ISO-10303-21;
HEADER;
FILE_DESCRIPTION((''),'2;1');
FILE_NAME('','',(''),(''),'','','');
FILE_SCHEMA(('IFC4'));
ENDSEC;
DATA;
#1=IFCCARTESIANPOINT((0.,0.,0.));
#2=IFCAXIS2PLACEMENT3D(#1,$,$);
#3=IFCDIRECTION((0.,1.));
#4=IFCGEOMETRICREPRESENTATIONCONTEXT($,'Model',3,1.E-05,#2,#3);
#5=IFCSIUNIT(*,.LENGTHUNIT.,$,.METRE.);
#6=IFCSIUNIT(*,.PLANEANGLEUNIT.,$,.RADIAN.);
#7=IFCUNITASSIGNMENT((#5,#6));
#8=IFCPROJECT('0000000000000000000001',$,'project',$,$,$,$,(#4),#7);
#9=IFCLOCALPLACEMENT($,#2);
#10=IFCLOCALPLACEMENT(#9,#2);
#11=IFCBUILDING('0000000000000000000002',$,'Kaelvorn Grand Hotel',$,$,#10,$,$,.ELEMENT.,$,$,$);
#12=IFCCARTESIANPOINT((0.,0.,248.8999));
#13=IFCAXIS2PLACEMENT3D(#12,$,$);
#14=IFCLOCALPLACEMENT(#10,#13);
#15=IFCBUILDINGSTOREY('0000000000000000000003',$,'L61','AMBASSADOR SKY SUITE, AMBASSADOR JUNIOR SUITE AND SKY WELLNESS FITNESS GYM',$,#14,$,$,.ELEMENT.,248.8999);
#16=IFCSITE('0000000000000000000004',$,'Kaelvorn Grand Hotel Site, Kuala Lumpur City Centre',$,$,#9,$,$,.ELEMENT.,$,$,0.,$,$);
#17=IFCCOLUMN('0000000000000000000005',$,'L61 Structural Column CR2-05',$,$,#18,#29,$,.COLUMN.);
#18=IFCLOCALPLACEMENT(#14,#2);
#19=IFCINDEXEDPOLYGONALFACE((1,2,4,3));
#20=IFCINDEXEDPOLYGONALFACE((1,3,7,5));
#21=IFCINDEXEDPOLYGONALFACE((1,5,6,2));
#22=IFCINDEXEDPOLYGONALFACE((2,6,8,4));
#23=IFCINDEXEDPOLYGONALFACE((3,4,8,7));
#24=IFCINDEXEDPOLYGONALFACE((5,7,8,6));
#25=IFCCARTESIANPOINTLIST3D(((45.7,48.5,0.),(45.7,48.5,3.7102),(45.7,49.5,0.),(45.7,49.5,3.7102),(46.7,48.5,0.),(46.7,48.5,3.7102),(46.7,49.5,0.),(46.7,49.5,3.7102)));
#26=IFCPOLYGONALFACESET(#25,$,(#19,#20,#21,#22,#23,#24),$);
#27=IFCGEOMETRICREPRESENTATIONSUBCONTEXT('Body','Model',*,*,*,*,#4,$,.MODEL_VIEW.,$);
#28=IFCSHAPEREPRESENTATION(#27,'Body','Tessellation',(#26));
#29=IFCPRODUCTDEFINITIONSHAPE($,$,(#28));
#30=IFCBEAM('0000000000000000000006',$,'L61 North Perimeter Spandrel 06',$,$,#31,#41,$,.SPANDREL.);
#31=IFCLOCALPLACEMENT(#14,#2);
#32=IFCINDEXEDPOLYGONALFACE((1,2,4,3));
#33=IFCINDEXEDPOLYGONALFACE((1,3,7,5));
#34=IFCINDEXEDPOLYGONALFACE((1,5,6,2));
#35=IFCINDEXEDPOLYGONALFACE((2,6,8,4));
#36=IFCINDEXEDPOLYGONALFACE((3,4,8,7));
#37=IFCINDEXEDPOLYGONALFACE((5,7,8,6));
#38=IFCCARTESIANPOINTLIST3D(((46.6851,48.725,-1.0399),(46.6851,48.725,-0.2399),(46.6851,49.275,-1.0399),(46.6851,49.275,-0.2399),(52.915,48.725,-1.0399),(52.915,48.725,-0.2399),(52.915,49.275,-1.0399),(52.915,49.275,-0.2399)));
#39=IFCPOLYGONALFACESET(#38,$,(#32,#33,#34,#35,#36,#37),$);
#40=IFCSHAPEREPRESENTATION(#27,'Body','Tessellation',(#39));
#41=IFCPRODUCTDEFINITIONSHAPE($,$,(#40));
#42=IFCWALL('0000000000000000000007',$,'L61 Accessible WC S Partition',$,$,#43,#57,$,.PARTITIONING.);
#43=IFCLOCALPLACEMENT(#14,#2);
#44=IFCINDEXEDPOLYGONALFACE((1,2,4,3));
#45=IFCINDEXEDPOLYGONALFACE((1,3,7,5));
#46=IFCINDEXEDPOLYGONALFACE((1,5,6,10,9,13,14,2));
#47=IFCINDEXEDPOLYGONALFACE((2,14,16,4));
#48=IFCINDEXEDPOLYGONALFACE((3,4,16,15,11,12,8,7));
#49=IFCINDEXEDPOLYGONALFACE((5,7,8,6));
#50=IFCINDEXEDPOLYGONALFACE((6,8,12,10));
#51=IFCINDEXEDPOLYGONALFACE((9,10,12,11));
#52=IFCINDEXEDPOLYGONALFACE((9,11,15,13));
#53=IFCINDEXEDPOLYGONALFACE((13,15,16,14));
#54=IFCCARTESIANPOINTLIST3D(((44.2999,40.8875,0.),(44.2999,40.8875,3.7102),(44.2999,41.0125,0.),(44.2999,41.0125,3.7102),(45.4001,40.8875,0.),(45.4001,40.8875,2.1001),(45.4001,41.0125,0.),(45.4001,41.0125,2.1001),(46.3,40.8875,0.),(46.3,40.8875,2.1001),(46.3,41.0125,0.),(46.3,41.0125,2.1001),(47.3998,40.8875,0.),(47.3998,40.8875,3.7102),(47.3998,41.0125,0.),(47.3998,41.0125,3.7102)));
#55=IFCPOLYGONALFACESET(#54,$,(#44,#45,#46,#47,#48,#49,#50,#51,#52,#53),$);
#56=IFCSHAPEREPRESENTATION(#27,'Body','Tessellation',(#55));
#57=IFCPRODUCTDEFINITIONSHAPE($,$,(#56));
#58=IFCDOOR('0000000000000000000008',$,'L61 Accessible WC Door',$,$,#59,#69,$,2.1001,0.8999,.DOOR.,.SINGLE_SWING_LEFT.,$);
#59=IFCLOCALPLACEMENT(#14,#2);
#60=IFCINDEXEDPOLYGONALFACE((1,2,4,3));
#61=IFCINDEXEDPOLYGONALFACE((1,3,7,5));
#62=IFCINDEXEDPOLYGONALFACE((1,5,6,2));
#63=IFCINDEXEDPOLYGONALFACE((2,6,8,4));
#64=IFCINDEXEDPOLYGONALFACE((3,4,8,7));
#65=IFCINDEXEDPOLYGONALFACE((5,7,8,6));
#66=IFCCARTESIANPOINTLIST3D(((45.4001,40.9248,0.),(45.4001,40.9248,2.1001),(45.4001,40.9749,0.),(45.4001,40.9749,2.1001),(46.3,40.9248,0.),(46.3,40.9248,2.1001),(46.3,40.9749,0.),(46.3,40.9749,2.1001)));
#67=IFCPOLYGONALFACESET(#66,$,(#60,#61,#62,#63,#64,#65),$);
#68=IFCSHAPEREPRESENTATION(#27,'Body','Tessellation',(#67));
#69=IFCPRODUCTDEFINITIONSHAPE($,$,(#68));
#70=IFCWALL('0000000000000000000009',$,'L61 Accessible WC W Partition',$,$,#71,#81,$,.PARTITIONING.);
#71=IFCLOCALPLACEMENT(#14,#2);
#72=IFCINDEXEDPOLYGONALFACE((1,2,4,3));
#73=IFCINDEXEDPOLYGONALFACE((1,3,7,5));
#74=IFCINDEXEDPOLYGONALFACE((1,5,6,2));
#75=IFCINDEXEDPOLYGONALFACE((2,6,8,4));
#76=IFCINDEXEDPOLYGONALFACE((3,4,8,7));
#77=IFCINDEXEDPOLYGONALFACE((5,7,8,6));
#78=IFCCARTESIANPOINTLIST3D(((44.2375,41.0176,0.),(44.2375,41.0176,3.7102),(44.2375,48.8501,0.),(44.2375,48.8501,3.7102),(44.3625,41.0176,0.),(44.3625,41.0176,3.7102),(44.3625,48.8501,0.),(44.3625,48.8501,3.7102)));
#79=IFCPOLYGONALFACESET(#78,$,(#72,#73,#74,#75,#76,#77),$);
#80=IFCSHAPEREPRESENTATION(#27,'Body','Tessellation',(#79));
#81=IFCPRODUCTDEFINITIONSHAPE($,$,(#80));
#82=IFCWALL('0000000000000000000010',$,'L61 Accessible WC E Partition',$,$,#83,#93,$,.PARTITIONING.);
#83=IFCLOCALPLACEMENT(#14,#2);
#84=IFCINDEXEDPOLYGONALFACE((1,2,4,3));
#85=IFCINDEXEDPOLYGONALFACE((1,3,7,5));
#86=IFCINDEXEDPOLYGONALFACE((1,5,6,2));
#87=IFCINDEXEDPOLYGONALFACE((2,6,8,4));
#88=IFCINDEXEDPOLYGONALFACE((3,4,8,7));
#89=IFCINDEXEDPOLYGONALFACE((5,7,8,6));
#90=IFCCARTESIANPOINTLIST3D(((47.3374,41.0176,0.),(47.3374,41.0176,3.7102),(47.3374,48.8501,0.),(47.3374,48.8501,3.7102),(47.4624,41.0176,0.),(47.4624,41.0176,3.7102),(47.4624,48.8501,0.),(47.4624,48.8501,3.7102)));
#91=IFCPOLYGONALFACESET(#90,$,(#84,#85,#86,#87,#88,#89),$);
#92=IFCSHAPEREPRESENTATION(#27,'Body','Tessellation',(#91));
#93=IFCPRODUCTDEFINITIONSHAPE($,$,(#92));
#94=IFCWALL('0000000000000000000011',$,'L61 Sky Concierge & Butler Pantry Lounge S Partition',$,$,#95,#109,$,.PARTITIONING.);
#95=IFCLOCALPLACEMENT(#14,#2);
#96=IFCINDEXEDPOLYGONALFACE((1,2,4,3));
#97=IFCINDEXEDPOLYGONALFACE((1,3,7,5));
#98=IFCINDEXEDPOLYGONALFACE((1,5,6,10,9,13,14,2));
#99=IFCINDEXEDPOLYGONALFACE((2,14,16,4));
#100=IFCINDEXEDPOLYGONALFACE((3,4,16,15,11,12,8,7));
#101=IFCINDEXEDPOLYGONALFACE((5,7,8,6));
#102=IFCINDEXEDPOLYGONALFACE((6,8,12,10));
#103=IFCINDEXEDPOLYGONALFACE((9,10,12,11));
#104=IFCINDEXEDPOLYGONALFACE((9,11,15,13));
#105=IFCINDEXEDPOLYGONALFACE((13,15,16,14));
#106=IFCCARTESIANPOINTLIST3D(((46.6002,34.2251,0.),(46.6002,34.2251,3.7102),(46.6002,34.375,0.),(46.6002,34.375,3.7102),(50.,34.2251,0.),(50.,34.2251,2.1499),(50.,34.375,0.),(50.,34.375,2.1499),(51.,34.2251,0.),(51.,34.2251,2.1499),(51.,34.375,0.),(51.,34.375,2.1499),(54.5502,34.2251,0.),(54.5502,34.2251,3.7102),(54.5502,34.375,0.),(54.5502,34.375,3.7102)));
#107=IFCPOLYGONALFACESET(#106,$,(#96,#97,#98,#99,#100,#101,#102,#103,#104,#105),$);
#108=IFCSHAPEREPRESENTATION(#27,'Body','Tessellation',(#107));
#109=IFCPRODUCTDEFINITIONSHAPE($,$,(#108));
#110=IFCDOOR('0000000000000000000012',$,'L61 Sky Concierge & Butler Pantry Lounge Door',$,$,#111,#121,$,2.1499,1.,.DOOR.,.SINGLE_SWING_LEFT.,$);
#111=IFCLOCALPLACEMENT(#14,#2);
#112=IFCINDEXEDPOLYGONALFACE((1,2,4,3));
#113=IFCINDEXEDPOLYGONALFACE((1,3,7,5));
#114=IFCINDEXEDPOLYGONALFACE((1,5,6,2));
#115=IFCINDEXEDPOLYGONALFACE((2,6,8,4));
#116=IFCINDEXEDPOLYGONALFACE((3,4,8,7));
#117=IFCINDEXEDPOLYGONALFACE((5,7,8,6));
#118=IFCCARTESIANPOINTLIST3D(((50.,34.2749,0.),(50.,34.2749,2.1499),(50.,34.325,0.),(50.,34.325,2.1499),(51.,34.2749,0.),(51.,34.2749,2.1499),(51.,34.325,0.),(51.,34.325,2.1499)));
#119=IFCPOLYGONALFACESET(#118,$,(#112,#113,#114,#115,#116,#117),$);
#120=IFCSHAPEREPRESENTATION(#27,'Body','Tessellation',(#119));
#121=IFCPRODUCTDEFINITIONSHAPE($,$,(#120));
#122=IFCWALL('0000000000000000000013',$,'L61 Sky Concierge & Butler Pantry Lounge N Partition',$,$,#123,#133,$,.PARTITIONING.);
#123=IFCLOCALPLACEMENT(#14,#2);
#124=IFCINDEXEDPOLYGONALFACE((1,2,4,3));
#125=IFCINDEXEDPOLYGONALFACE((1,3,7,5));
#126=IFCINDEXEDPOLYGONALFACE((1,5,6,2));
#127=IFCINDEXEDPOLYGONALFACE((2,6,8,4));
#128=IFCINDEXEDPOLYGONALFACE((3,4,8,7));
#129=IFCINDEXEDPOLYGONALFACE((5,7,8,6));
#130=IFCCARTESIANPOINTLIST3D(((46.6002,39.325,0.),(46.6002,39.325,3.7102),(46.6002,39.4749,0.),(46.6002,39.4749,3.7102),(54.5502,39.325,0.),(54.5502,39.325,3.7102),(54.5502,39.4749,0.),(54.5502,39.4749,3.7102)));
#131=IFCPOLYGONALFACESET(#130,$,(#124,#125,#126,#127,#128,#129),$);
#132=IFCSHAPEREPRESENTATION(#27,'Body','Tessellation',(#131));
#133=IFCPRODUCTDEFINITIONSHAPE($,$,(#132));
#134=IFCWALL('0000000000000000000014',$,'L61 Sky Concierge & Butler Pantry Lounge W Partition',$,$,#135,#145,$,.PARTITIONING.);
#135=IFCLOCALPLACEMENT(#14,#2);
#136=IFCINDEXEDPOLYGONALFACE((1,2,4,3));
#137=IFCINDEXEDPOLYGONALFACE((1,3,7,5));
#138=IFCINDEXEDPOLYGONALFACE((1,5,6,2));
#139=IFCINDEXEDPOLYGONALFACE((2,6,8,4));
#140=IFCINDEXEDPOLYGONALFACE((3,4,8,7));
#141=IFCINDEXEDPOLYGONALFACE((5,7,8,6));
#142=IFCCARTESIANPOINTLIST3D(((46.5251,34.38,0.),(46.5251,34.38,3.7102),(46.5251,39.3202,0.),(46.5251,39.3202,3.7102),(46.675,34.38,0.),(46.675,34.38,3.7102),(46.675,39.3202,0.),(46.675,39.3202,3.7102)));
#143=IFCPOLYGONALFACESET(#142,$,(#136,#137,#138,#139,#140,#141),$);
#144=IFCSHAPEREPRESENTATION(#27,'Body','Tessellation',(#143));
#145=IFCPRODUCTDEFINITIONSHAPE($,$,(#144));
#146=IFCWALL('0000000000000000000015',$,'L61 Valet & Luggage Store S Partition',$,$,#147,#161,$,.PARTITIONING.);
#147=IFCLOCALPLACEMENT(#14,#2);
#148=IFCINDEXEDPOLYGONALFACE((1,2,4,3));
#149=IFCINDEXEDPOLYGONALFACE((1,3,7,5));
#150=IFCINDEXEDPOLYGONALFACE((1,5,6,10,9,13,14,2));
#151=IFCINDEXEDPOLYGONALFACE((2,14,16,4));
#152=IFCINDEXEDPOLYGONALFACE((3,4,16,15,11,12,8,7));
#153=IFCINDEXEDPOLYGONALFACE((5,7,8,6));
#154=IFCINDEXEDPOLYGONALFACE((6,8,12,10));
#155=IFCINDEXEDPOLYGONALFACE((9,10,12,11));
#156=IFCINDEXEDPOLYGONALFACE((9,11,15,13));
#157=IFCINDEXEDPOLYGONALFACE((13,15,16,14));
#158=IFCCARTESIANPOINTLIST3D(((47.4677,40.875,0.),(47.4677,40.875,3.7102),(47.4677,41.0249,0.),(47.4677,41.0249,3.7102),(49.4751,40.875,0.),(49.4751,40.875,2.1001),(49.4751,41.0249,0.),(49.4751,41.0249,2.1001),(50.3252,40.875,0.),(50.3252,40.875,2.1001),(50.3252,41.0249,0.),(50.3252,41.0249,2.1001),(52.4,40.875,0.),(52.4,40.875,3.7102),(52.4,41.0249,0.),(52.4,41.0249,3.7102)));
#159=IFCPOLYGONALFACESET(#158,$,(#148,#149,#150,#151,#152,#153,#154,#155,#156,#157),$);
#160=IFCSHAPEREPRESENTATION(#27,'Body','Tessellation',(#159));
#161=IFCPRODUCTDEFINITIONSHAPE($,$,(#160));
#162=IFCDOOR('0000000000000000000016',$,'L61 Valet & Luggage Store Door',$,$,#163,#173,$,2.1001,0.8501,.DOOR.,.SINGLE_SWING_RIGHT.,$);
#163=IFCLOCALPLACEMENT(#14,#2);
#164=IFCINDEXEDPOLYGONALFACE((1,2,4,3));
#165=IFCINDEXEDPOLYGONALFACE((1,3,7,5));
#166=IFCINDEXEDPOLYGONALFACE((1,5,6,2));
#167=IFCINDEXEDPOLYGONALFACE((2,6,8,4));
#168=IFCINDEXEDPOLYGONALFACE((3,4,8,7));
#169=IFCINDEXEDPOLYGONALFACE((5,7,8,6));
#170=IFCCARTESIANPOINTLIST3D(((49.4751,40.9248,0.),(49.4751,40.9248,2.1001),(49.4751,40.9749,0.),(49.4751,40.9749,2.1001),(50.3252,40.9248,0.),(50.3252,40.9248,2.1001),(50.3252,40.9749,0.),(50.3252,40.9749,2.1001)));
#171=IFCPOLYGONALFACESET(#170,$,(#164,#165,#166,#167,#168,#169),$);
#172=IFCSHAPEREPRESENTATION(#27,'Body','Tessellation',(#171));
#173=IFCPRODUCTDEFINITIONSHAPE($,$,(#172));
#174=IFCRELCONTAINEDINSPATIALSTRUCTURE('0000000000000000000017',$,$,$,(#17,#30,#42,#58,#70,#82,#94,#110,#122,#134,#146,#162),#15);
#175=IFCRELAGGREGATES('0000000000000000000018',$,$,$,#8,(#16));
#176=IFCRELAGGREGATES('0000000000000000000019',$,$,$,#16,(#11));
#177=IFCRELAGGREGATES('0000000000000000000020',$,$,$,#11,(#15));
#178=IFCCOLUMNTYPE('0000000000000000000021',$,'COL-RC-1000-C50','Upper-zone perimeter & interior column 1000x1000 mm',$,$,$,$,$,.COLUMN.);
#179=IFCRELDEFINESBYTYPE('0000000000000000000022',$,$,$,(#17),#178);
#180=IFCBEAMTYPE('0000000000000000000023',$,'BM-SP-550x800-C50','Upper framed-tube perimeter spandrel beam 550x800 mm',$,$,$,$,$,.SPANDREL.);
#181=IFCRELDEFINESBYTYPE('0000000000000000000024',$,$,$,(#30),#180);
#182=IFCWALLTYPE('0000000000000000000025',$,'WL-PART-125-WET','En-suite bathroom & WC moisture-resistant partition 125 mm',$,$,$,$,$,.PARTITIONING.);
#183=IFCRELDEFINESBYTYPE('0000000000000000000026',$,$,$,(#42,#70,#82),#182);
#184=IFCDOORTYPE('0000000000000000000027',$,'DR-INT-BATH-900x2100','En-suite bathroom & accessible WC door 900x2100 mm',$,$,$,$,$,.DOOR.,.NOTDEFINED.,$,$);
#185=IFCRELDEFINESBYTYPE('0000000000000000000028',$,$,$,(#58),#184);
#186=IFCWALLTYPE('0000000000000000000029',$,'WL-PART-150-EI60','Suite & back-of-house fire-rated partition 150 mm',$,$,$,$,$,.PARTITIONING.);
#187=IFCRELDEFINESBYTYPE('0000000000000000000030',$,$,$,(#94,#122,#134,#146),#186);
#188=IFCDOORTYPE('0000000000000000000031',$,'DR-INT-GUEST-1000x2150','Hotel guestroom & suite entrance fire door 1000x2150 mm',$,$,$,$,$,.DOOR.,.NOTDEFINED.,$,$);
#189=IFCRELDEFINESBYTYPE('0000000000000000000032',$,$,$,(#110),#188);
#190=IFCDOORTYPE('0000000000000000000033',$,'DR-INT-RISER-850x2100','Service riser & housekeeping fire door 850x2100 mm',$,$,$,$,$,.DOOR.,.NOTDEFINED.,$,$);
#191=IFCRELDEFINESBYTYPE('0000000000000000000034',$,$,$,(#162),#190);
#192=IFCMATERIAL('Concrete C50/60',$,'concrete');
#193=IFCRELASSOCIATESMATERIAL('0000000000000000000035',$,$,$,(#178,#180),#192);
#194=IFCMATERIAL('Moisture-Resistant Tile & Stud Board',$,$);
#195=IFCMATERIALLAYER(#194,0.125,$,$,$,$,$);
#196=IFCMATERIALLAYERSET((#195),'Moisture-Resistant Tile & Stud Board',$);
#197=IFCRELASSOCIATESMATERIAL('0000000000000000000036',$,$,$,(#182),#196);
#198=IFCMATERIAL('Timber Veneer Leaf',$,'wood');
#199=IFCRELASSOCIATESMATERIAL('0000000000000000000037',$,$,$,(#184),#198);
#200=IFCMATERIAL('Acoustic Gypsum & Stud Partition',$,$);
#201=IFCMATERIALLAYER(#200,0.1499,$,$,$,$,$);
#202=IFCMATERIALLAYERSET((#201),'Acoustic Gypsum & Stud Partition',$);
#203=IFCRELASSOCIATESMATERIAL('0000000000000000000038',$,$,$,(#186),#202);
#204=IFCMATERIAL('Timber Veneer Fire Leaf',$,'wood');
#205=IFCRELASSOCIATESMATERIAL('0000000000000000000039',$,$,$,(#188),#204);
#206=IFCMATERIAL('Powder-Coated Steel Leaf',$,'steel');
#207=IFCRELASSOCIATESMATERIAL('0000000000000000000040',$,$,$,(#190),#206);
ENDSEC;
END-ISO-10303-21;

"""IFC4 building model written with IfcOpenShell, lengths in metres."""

from ifc_helpers import new_model, si_unit, direction, frame, frame_2d, origin, origin_2d, place, context, subcontext, project, spatial, rectangle, extrude, material, layer, layer_set, material_profile, profile_set, type_object, element, fill, save


model = new_model("IFC4")

# Units and contexts
model_context = context("Model", 3, precision=1e-05, world=origin(), true_north=direction((0.0, 1.0)))
body_context = subcontext(model_context, "Body", "Model", "MODEL_VIEW")
ifc_project = project(units=[si_unit("LENGTHUNIT", "METRE"), si_unit("PLANEANGLEUNIT", "RADIAN")], contexts=[model_context])

# Site, building, storey
site_placement = place(None, origin())
site = spatial("IfcSite", under=ifc_project, at=site_placement, Name="Kaelvorn Grand Hotel Site, Kuala Lumpur City Centre", CompositionType="ELEMENT", RefElevation=0.0)
building_placement = place(site_placement, origin())
building = spatial("IfcBuilding", under=site, at=building_placement, Name="Kaelvorn Grand Hotel", CompositionType="ELEMENT")
storey_placement = place(building_placement, frame((0.0, 0.0, 248.8999)))
storey = spatial("IfcBuildingStorey", under=building, at=storey_placement, Name="L61", Description="AMBASSADOR SKY SUITE, AMBASSADOR JUNIOR SUITE AND SKY WELLNESS FITNESS GYM", CompositionType="ELEMENT", Elevation=248.8999)

# Column
ifc_material_1 = material(Name="Concrete C50/60", Category="concrete")
ifc_material_profile_1 = material_profile(ifc_material_1, rectangle(XDim=1.0, YDim=1.0, at=origin_2d()), Name="RC COL 1000x1000")
ifc_profile_set_1 = profile_set([ifc_material_profile_1], Name="Concrete C50/60")
column_type = type_object("IfcColumnType", Name="COL-RC-1000-C50", Description="Upper-zone perimeter & interior column 1000x1000 mm", PredefinedType="COLUMN", material=ifc_profile_set_1)
column_placement = place(storey_placement, frame((46.2, 49.0, 0.0), z_axis=(0.0, 0.0, 1.0), x_axis=(1.0, 0.0, 0.0)))
element("IfcColumn", 1, at=column_placement, inside=storey, type_object=column_type, Name="L61 Structural Column CR2-05", PredefinedType="COLUMN", context=body_context, shape_type="SweptSolid", body=[
    extrude(rectangle(XDim=1.0, YDim=1.0, at=origin_2d()), origin(), (0.0, 0.0, 1.0), 3.7102),
])

# Beam
ifc_material_profile_2 = material_profile(ifc_material_1, rectangle(XDim=0.55, YDim=0.8, at=origin_2d()), Name="RC SPANDREL 550x800")
ifc_profile_set_2 = profile_set([ifc_material_profile_2], Name="Concrete C50/60")
beam_type = type_object("IfcBeamType", Name="BM-SP-550x800-C50", Description="Upper framed-tube perimeter spandrel beam 550x800 mm", PredefinedType="SPANDREL", material=ifc_profile_set_2)
beam_placement = place(storey_placement, frame((46.6851, 49.0, -0.6399), z_axis=(1.0, 0.0, 0.0), x_axis=(0.0, 1.0, 0.0)))
element("IfcBeam", 2, at=beam_placement, inside=storey, type_object=beam_type, Name="L61 North Perimeter Spandrel 06", PredefinedType="SPANDREL", context=body_context, shape_type="SweptSolid", body=[
    extrude(rectangle(XDim=0.55, YDim=0.8, at=origin_2d()), origin(), (0.0, 0.0, 1.0), 6.23),
])

# Wall, opening, door
ifc_material_2 = material(Name="Moisture-Resistant Tile & Stud Board")
ifc_layer_1 = layer(ifc_material_2, 0.125)
ifc_layer_set_1 = layer_set([ifc_layer_1], Name="Moisture-Resistant Tile & Stud Board")
wall_type_1 = type_object("IfcWallType", Name="WL-PART-125-WET", Description="En-suite bathroom & WC moisture-resistant partition 125 mm", PredefinedType="PARTITIONING", material=ifc_layer_set_1)
wall_1_placement = place(storey_placement, frame((44.3, 40.95, 0.0), z_axis=(0.0, 0.0, 1.0), x_axis=(1.0, 0.0, 0.0)))
wall_1 = element("IfcWall", 3, at=wall_1_placement, inside=storey, type_object=wall_type_1, Name="L61 Accessible WC S Partition", PredefinedType="PARTITIONING", context=body_context, shape_type="SweptSolid", body=[
    extrude(rectangle(XDim=3.0999, YDim=0.125, at=frame_2d((1.5498, 0.0))), origin(), (0.0, 0.0, 1.0), 3.7102),
])
opening_1_placement = place(wall_1_placement, frame((1.1001, 0.0, 0.0)))
opening_1 = element("IfcOpeningElement", 4, at=opening_1_placement, cuts=wall_1, PredefinedType="OPENING", context=body_context, shape_type="SweptSolid", body=[
    extrude(rectangle(XDim=0.8999, YDim=2.1001, at=frame_2d((0.45, 1.05))), frame((0.0, 0.0725, 0.0), z_axis=(0.0, -1.0, 0.0), x_axis=(1.0, 0.0, 0.0)), (0.0, 0.0, 1.0), 0.145),
])
ifc_material_3 = material(Name="Timber Veneer Leaf", Category="wood")
door_type_1 = type_object("IfcDoorType", Name="DR-INT-BATH-900x2100", Description="En-suite bathroom & accessible WC door 900x2100 mm", OperationType="NOTDEFINED", PredefinedType="DOOR", material=ifc_material_3)
door_1_placement = place(opening_1_placement, origin())
door_1 = element("IfcDoor", 5, at=door_1_placement, inside=storey, type_object=door_type_1, Name="L61 Accessible WC Door", OperationType="SINGLE_SWING_LEFT", OverallHeight=2.1001, OverallWidth=0.8999, PredefinedType="DOOR", context=body_context, shape_type="SweptSolid", body=[
    extrude(rectangle(XDim=0.8999, YDim=2.1001, at=frame_2d((0.45, 1.05))), frame((0.0, 0.0249, 0.0), z_axis=(0.0, -1.0, 0.0), x_axis=(1.0, 0.0, 0.0)), (0.0, 0.0, 1.0), 0.05),
])
fill(opening_1, door_1)

# Walls
for number, where, z_axis, x_axis, name in (
    (6, (44.3, 41.0176, 0.0), (0.0, 0.0, 1.0), (0.0, 1.0, 0.0), "L61 Accessible WC W Partition"),
    (7, (47.3999, 41.0176, 0.0), (0.0, 0.0, 1.0), (0.0, 1.0, 0.0), "L61 Accessible WC E Partition"),
):
    element("IfcWall", number, at=place(storey_placement, frame(where, z_axis=z_axis, x_axis=x_axis)), inside=storey, type_object=wall_type_1, Name=name, PredefinedType="PARTITIONING", context=body_context, shape_type="SweptSolid", body=[
        extrude(rectangle(XDim=7.8325, YDim=0.125, at=frame_2d((3.9163, 0.0))), origin(), (0.0, 0.0, 1.0), 3.7102),
    ])

# Wall, opening, door
ifc_material_4 = material(Name="Acoustic Gypsum & Stud Partition")
ifc_layer_2 = layer(ifc_material_4, 0.1499)
ifc_layer_set_2 = layer_set([ifc_layer_2], Name="Acoustic Gypsum & Stud Partition")
wall_type_2 = type_object("IfcWallType", Name="WL-PART-150-EI60", Description="Suite & back-of-house fire-rated partition 150 mm", PredefinedType="PARTITIONING", material=ifc_layer_set_2)
wall_2_placement = place(storey_placement, frame((46.6001, 34.3, 0.0), z_axis=(0.0, 0.0, 1.0), x_axis=(1.0, 0.0, 0.0)))
wall_2 = element("IfcWall", 8, at=wall_2_placement, inside=storey, type_object=wall_type_2, Name="L61 Sky Concierge & Butler Pantry Lounge S Partition", PredefinedType="PARTITIONING", context=body_context, shape_type="SweptSolid", body=[
    extrude(rectangle(XDim=7.95, YDim=0.1499, at=frame_2d((3.9751, 0.0))), origin(), (0.0, 0.0, 1.0), 3.7102),
])
opening_2_placement = place(wall_2_placement, frame((3.3999, 0.0, 0.0)))
opening_2 = element("IfcOpeningElement", 9, at=opening_2_placement, cuts=wall_2, PredefinedType="OPENING", context=body_context, shape_type="SweptSolid", body=[
    extrude(rectangle(XDim=1.0, YDim=2.1499, at=frame_2d((0.5, 1.075))), frame((0.0, 0.085, 0.0), z_axis=(0.0, -1.0, 0.0), x_axis=(1.0, 0.0, 0.0)), (0.0, 0.0, 1.0), 0.1699),
])
ifc_material_5 = material(Name="Timber Veneer Fire Leaf", Category="wood")
door_type_2 = type_object("IfcDoorType", Name="DR-INT-GUEST-1000x2150", Description="Hotel guestroom & suite entrance fire door 1000x2150 mm", OperationType="NOTDEFINED", PredefinedType="DOOR", material=ifc_material_5)
door_2_placement = place(opening_2_placement, origin())
door_2 = element("IfcDoor", 10, at=door_2_placement, inside=storey, type_object=door_type_2, Name="L61 Sky Concierge & Butler Pantry Lounge Door", OperationType="SINGLE_SWING_LEFT", OverallHeight=2.1499, OverallWidth=1.0, PredefinedType="DOOR", context=body_context, shape_type="SweptSolid", body=[
    extrude(rectangle(XDim=1.0, YDim=2.1499, at=frame_2d((0.5, 1.075))), frame((0.0, 0.0249, 0.0), z_axis=(0.0, -1.0, 0.0), x_axis=(1.0, 0.0, 0.0)), (0.0, 0.0, 1.0), 0.05),
])
fill(opening_2, door_2)

# Walls
wall_3_placement = place(storey_placement, frame((46.6001, 39.3999, 0.0), z_axis=(0.0, 0.0, 1.0), x_axis=(1.0, 0.0, 0.0)))
element("IfcWall", 11, at=wall_3_placement, inside=storey, type_object=wall_type_2, Name="L61 Sky Concierge & Butler Pantry Lounge N Partition", PredefinedType="PARTITIONING", context=body_context, shape_type="SweptSolid", body=[
    extrude(rectangle(XDim=7.95, YDim=0.1499, at=frame_2d((3.9751, 0.0))), origin(), (0.0, 0.0, 1.0), 3.7102),
])
wall_4_placement = place(storey_placement, frame((46.6001, 34.3799, 0.0), z_axis=(0.0, 0.0, 1.0), x_axis=(0.0, 1.0, 0.0)))
element("IfcWall", 12, at=wall_4_placement, inside=storey, type_object=wall_type_2, Name="L61 Sky Concierge & Butler Pantry Lounge W Partition", PredefinedType="PARTITIONING", context=body_context, shape_type="SweptSolid", body=[
    extrude(rectangle(XDim=4.9402, YDim=0.1499, at=frame_2d((2.4702, 0.0))), origin(), (0.0, 0.0, 1.0), 3.7102),
])

# Wall, opening, door
wall_5_placement = place(storey_placement, frame((47.4675, 40.95, 0.0), z_axis=(0.0, 0.0, 1.0), x_axis=(1.0, 0.0, 0.0)))
wall_5 = element("IfcWall", 13, at=wall_5_placement, inside=storey, type_object=wall_type_2, Name="L61 Valet & Luggage Store S Partition", PredefinedType="PARTITIONING", context=body_context, shape_type="SweptSolid", body=[
    extrude(rectangle(XDim=4.9324, YDim=0.1499, at=frame_2d((2.4663, 0.0))), origin(), (0.0, 0.0, 1.0), 3.7102),
])
opening_3_placement = place(wall_5_placement, frame((2.0076, 0.0, 0.0)))
opening_3 = element("IfcOpeningElement", 14, at=opening_3_placement, cuts=wall_5, PredefinedType="OPENING", context=body_context, shape_type="SweptSolid", body=[
    extrude(rectangle(XDim=0.8501, YDim=2.1001, at=frame_2d((0.425, 1.05))), frame((0.0, 0.085, 0.0), z_axis=(0.0, -1.0, 0.0), x_axis=(1.0, 0.0, 0.0)), (0.0, 0.0, 1.0), 0.1699),
])
ifc_material_6 = material(Name="Powder-Coated Steel Leaf", Category="steel")
door_type_3 = type_object("IfcDoorType", Name="DR-INT-RISER-850x2100", Description="Service riser & housekeeping fire door 850x2100 mm", OperationType="NOTDEFINED", PredefinedType="DOOR", material=ifc_material_6)
door_3_placement = place(opening_3_placement, origin())
door_3 = element("IfcDoor", 15, at=door_3_placement, inside=storey, type_object=door_type_3, Name="L61 Valet & Luggage Store Door", OperationType="SINGLE_SWING_RIGHT", OverallHeight=2.1001, OverallWidth=0.8501, PredefinedType="DOOR", context=body_context, shape_type="SweptSolid", body=[
    extrude(rectangle(XDim=0.8501, YDim=2.1001, at=frame_2d((0.425, 1.05))), frame((0.0, 0.0249, 0.0), z_axis=(0.0, -1.0, 0.0), x_axis=(1.0, 0.0, 0.0)), (0.0, 0.0, 1.0), 0.05),
])
fill(opening_3, door_3)

save(model, "model.ifc")
